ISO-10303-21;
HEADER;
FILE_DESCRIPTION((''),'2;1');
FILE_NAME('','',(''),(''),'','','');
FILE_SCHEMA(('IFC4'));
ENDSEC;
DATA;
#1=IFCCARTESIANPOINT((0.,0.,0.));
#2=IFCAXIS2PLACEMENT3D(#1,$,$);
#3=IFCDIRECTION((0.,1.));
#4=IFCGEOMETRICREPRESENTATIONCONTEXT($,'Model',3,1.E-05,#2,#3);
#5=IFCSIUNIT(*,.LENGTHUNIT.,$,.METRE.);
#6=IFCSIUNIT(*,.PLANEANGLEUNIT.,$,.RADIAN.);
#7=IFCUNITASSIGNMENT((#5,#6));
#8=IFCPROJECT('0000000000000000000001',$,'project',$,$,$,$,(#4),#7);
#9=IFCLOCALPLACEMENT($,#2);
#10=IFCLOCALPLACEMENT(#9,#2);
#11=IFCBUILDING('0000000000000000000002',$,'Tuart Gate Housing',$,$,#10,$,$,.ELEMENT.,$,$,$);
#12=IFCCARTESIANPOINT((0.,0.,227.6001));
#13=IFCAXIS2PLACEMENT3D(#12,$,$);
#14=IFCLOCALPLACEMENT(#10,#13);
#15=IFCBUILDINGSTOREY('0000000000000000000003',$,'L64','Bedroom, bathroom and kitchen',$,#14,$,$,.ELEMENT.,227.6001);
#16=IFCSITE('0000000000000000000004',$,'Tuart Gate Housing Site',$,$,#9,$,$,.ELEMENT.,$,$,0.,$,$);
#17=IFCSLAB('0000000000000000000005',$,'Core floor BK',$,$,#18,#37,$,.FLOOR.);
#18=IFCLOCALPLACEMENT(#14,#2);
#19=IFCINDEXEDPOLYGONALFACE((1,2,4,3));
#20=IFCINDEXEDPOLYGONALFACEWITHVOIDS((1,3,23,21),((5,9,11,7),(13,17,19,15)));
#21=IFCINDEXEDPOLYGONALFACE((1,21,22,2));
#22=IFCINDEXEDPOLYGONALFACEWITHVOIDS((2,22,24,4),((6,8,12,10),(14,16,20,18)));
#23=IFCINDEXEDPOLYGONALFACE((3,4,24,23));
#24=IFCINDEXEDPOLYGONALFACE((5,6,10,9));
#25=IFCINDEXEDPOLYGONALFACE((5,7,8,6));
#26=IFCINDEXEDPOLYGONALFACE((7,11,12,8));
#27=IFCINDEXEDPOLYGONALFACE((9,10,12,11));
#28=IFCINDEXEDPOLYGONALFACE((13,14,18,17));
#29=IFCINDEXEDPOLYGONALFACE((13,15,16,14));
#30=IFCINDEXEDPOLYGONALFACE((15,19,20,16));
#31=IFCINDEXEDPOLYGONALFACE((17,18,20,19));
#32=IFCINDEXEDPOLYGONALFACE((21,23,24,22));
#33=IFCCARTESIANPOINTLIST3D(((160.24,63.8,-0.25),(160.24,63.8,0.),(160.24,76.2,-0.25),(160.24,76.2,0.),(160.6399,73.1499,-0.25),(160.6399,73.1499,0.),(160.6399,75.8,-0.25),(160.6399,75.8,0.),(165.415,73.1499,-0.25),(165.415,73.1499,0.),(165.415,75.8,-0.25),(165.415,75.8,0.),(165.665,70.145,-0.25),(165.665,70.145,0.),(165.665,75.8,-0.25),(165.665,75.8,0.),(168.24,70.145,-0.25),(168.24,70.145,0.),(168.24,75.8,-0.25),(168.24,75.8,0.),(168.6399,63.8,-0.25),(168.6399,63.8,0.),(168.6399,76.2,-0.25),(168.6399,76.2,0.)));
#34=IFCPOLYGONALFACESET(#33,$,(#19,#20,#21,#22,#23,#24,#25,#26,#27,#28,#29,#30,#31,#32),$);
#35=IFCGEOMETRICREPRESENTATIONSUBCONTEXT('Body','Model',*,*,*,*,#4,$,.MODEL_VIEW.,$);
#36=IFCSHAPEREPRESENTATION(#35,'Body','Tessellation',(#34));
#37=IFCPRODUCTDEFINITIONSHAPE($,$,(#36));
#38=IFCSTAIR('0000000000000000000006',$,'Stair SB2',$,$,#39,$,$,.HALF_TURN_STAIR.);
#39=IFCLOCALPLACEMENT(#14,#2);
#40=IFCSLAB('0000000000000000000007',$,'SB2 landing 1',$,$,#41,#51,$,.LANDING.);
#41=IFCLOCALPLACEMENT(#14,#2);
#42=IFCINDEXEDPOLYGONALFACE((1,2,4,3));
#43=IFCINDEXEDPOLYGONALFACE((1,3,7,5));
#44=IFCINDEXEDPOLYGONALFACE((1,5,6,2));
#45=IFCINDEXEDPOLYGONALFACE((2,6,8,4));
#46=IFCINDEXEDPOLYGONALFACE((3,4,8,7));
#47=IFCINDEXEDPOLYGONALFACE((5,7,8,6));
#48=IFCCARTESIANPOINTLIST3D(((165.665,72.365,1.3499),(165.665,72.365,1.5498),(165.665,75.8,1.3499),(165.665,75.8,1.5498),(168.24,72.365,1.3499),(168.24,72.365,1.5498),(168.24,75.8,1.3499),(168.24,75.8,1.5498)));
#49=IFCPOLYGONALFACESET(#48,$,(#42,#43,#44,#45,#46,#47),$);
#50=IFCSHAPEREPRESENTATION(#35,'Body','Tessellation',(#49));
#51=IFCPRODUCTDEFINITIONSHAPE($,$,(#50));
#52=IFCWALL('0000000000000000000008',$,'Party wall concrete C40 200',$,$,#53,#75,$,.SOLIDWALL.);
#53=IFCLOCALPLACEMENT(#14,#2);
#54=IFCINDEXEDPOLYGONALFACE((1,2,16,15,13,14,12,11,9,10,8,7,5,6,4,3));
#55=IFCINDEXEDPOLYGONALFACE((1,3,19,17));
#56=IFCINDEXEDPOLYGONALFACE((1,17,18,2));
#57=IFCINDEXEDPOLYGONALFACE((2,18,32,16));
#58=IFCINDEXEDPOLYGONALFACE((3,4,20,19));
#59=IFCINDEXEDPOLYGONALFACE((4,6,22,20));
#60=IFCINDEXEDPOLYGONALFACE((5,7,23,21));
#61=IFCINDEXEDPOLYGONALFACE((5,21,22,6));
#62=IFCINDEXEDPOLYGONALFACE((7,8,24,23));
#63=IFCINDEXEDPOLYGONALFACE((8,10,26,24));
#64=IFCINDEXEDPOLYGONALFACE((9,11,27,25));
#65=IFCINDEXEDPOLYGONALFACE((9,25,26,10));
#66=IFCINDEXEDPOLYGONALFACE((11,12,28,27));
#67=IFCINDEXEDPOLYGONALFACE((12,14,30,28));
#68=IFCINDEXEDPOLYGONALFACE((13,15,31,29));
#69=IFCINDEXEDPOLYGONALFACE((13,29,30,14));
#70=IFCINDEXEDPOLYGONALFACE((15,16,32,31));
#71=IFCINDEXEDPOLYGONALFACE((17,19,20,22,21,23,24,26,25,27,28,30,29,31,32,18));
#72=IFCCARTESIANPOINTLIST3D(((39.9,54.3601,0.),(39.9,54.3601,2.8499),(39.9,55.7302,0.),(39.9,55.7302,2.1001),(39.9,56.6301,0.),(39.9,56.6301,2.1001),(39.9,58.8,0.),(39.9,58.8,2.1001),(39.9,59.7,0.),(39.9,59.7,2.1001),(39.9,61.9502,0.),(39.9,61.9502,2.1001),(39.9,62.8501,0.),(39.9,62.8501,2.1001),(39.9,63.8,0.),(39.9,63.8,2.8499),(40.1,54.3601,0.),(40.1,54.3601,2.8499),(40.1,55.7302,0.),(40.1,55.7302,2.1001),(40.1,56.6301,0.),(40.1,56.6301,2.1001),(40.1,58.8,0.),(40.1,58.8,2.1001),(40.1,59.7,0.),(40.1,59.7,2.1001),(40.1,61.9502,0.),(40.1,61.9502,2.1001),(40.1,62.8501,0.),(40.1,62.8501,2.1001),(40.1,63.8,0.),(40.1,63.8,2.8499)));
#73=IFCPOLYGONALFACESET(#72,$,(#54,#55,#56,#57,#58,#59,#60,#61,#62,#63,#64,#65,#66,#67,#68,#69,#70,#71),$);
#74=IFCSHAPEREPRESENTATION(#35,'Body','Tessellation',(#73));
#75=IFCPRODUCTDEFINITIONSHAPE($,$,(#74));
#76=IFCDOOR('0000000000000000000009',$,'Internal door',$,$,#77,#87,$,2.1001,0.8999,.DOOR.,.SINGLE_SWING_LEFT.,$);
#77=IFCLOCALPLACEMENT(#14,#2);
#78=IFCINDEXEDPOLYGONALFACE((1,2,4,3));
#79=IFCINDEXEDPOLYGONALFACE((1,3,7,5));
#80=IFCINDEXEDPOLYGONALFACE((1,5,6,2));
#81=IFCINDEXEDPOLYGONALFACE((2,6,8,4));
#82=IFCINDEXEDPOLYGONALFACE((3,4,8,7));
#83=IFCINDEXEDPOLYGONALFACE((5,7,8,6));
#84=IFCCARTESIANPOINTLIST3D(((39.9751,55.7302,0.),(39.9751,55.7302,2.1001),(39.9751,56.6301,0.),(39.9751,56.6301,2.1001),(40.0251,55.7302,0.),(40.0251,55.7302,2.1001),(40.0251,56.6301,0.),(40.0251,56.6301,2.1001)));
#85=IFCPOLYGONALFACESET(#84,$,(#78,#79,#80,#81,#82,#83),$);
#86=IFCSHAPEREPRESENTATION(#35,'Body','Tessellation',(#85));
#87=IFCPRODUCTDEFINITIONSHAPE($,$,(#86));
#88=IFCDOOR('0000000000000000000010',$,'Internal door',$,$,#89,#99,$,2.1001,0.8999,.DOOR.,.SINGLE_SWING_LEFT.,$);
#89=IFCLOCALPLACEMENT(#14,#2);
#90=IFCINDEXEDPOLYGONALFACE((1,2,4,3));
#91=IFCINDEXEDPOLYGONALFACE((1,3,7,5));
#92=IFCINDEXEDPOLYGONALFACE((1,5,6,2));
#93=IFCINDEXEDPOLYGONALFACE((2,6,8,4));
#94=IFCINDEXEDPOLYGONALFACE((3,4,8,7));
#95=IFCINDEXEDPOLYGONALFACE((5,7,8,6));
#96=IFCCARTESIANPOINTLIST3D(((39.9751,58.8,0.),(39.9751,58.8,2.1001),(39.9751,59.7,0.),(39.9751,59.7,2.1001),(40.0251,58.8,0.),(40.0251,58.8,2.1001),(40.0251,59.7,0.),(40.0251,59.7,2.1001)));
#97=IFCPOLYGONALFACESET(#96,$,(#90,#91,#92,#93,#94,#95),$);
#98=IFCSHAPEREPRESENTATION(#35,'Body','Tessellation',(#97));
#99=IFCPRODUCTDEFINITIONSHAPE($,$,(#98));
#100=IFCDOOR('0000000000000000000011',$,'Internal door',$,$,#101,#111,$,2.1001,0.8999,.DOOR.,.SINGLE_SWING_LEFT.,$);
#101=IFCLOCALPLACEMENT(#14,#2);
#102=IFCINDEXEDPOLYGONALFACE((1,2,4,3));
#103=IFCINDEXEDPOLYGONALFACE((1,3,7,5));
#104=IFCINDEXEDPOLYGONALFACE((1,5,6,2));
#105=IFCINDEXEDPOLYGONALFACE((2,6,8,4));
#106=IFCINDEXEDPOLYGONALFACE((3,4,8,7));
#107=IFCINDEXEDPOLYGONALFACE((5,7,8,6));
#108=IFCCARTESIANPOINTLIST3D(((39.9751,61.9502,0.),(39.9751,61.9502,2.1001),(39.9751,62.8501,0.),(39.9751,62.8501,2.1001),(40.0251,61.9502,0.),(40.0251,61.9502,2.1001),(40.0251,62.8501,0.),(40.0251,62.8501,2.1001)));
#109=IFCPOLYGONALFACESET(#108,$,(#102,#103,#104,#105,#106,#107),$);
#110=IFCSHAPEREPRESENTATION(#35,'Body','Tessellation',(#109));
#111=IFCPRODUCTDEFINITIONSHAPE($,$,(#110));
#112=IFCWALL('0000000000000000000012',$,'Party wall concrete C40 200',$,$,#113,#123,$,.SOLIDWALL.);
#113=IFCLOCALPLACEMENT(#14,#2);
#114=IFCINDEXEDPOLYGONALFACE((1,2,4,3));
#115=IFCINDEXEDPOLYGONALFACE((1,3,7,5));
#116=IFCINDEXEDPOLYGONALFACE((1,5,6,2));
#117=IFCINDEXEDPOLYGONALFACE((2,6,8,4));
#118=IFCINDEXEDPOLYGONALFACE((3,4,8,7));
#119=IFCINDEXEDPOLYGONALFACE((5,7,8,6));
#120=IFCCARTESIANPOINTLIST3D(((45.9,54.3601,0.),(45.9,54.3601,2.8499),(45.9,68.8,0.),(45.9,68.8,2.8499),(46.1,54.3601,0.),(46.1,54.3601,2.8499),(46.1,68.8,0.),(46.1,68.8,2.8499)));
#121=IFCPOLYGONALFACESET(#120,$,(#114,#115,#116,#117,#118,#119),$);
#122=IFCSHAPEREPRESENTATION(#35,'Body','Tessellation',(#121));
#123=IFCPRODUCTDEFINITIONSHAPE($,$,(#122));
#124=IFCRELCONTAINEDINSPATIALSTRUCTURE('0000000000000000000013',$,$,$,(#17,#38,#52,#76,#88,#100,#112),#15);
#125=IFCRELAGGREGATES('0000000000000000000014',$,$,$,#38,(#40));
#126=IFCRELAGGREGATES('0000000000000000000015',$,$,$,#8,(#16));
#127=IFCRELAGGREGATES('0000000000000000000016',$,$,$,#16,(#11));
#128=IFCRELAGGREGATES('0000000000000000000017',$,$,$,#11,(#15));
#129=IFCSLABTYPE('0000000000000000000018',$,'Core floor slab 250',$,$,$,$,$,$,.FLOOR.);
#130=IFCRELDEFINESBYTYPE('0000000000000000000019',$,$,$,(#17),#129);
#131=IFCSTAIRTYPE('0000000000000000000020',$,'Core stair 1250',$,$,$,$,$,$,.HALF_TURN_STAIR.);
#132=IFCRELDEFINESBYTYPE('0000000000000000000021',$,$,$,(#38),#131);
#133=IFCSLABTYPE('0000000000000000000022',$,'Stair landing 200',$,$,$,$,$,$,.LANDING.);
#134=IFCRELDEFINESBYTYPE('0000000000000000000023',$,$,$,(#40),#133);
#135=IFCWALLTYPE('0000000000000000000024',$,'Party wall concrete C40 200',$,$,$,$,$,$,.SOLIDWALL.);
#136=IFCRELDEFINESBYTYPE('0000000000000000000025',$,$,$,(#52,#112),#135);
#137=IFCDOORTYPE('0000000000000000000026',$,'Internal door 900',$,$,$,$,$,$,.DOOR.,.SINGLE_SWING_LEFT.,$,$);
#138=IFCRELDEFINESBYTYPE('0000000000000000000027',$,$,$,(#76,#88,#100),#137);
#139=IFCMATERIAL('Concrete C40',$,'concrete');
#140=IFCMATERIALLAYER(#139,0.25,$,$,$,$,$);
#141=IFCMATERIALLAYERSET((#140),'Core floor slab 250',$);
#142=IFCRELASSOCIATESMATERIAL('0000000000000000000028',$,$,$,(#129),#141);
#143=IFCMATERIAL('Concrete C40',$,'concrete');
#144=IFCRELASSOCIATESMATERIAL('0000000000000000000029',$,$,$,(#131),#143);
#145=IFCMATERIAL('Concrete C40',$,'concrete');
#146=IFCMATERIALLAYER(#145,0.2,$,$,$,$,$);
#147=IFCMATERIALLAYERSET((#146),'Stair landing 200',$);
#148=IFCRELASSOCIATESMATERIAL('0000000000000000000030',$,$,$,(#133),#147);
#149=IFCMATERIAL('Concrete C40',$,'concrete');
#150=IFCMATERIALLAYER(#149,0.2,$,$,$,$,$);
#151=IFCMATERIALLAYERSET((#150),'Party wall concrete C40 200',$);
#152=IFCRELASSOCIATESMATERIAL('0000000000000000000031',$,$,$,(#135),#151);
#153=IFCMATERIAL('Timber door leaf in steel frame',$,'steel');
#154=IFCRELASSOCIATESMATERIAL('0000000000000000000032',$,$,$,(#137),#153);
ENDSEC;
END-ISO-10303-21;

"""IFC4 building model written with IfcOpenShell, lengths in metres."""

from ifc_helpers import new_model, si_unit, direction, frame, frame_2d, origin, place, context, subcontext, project, spatial, polyline, rectangle, outline, extrude, material, layer, layer_set, type_object, element, fill, aggregate, save


model = new_model("IFC4")

# Units and contexts
model_context = context("Model", 3, precision=1e-05, world=origin(), true_north=direction((0.0, 1.0)))
body_context = subcontext(model_context, "Body", "Model", "MODEL_VIEW")
ifc_project = project(units=[si_unit("LENGTHUNIT", "METRE"), si_unit("PLANEANGLEUNIT", "RADIAN")], contexts=[model_context])

# Site, building, storey
site_placement = place(None, origin())
site = spatial("IfcSite", under=ifc_project, at=site_placement, Name="Tuart Gate Housing Site", CompositionType="ELEMENT", RefElevation=0.0)
building_placement = place(site_placement, origin())
building = spatial("IfcBuilding", under=site, at=building_placement, Name="Tuart Gate Housing", CompositionType="ELEMENT")
storey_placement = place(building_placement, frame((0.0, 0.0, 227.6001)))
storey = spatial("IfcBuildingStorey", under=building, at=storey_placement, Name="L64", Description="Bedroom, bathroom and kitchen", CompositionType="ELEMENT", Elevation=227.6001)

# Slab
ifc_material_1 = material(Name="Concrete C40", Category="concrete")
ifc_layer_1 = layer(ifc_material_1, 0.25)
ifc_layer_set_1 = layer_set([ifc_layer_1], Name="Core floor slab 250")
slab_type_1 = type_object("IfcSlabType", Name="Core floor slab 250", PredefinedType="FLOOR", material=ifc_layer_set_1)
slab_1_placement = place(storey_placement, frame((0.0, 0.0, -0.25)))
element("IfcSlab", 1, at=slab_1_placement, inside=storey, type_object=slab_type_1, Name="Core floor BK", PredefinedType="FLOOR", context=body_context, shape_type="SweptSolid", body=[
    extrude(outline(polyline([(160.24, 63.8), (168.6399, 63.8), (168.6399, 76.2), (160.24, 76.2), (160.24, 63.8)]), holes=[polyline([(160.6399, 73.1499), (165.415, 73.1499), (165.415, 75.8), (160.6399, 75.8), (160.6399, 73.1499)]), polyline([(165.665, 70.145), (168.24, 70.145), (168.24, 75.8), (165.665, 75.8), (165.665, 70.145)])]), origin(), (0.0, 0.0, 1.0), 0.25),
])

# Stair, slab
ifc_material_2 = material(Name="Concrete C40", Category="concrete")
stair_type = type_object("IfcStairType", Name="Core stair 1250", PredefinedType="HALF_TURN_STAIR", material=ifc_material_2)
stair_placement = place(storey_placement, origin())
stair = element("IfcStair", 2, at=stair_placement, inside=storey, type_object=stair_type, Name="Stair SB2", PredefinedType="HALF_TURN_STAIR")
ifc_material_3 = material(Name="Concrete C40", Category="concrete")
ifc_layer_2 = layer(ifc_material_3, 0.2)
ifc_layer_set_2 = layer_set([ifc_layer_2], Name="Stair landing 200")
slab_type_2 = type_object("IfcSlabType", Name="Stair landing 200", PredefinedType="LANDING", material=ifc_layer_set_2)
slab_2_placement = place(storey_placement, frame((0.0, 0.0, 1.3499)))
slab_2 = element("IfcSlab", 3, at=slab_2_placement, type_object=slab_type_2, Name="SB2 landing 1", PredefinedType="LANDING", context=body_context, shape_type="SweptSolid", body=[
    extrude(outline(polyline([(165.665, 72.365), (168.24, 72.365), (168.24, 75.8), (165.665, 75.8), (165.665, 72.365)])), origin(), (0.0, 0.0, 1.0), 0.2),
])
aggregate(stair, [slab_2])

# Wall, openings, doors
ifc_material_4 = material(Name="Concrete C40", Category="concrete")
ifc_layer_3 = layer(ifc_material_4, 0.2)
ifc_layer_set_3 = layer_set([ifc_layer_3], Name="Party wall concrete C40 200")
wall_type_1 = type_object("IfcWallType", Name="Party wall concrete C40 200", PredefinedType="SOLIDWALL", material=ifc_layer_set_3)
wall_1_placement = place(storey_placement, frame((40.0, 54.3601, 0.0), z_axis=(0.0, 0.0, 1.0), x_axis=(0.0, 1.0, 0.0)))
wall_1 = element("IfcWall", 4, at=wall_1_placement, inside=storey, type_object=wall_type_1, Name="Party wall concrete C40 200", PredefinedType="SOLIDWALL", context=body_context, shape_type="SweptSolid", body=[
    extrude(rectangle(XDim=9.4399, YDim=0.2, at=frame_2d((4.72, 0.0))), origin(), (0.0, 0.0, 1.0), 2.8499),
])
opening_1_placement = place(wall_1_placement, frame((1.3701, 0.0, 0.0)))
opening_1 = element("IfcOpeningElement", 5, at=opening_1_placement, cuts=wall_1, PredefinedType="OPENING", context=body_context, shape_type="SweptSolid", body=[
    extrude(rectangle(XDim=0.8999, YDim=2.1001, at=frame_2d((0.45, 1.05))), frame((0.0, 0.1099, 0.0), z_axis=(0.0, -1.0, 0.0), x_axis=(1.0, 0.0, 0.0)), (0.0, 0.0, 1.0), 0.22),
])
opening_2_placement = place(wall_1_placement, frame((4.4399, 0.0, 0.0)))
opening_2 = element("IfcOpeningElement", 6, at=opening_2_placement, cuts=wall_1, PredefinedType="OPENING", context=body_context, shape_type="SweptSolid", body=[
    extrude(rectangle(XDim=0.8999, YDim=2.1001, at=frame_2d((0.45, 1.05))), frame((0.0, 0.1099, 0.0), z_axis=(0.0, -1.0, 0.0), x_axis=(1.0, 0.0, 0.0)), (0.0, 0.0, 1.0), 0.22),
])
opening_3_placement = place(wall_1_placement, frame((7.5901, 0.0, 0.0)))
opening_3 = element("IfcOpeningElement", 7, at=opening_3_placement, cuts=wall_1, PredefinedType="OPENING", context=body_context, shape_type="SweptSolid", body=[
    extrude(rectangle(XDim=0.8999, YDim=2.1001, at=frame_2d((0.45, 1.05))), frame((0.0, 0.1099, 0.0), z_axis=(0.0, -1.0, 0.0), x_axis=(1.0, 0.0, 0.0)), (0.0, 0.0, 1.0), 0.22),
])
ifc_material_5 = material(Name="Timber door leaf in steel frame", Category="steel")
door_type = type_object("IfcDoorType", Name="Internal door 900", OperationType="SINGLE_SWING_LEFT", PredefinedType="DOOR", material=ifc_material_5)
door_1_placement = place(opening_1_placement, origin())
door_1 = element("IfcDoor", 8, at=door_1_placement, inside=storey, type_object=door_type, Name="Internal door", OperationType="SINGLE_SWING_LEFT", OverallHeight=2.1001, OverallWidth=0.8999, PredefinedType="DOOR", context=body_context, shape_type="SweptSolid", body=[
    extrude(rectangle(XDim=0.8999, YDim=2.1001, at=frame_2d((0.45, 1.05))), frame((0.0, 0.0249, 0.0), z_axis=(0.0, -1.0, 0.0), x_axis=(1.0, 0.0, 0.0)), (0.0, 0.0, 1.0), 0.05),
])
fill(opening_1, door_1)
door_2_placement = place(opening_2_placement, origin())
door_2 = element("IfcDoor", 9, at=door_2_placement, inside=storey, type_object=door_type, Name="Internal door", OperationType="SINGLE_SWING_LEFT", OverallHeight=2.1001, OverallWidth=0.8999, PredefinedType="DOOR", context=body_context, shape_type="SweptSolid", body=[
    extrude(rectangle(XDim=0.8999, YDim=2.1001, at=frame_2d((0.45, 1.05))), frame((0.0, 0.0249, 0.0), z_axis=(0.0, -1.0, 0.0), x_axis=(1.0, 0.0, 0.0)), (0.0, 0.0, 1.0), 0.05),
])
fill(opening_2, door_2)
door_3_placement = place(opening_3_placement, origin())
door_3 = element("IfcDoor", 10, at=door_3_placement, inside=storey, type_object=door_type, Name="Internal door", OperationType="SINGLE_SWING_LEFT", OverallHeight=2.1001, OverallWidth=0.8999, PredefinedType="DOOR", context=body_context, shape_type="SweptSolid", body=[
    extrude(rectangle(XDim=0.8999, YDim=2.1001, at=frame_2d((0.45, 1.05))), frame((0.0, 0.0249, 0.0), z_axis=(0.0, -1.0, 0.0), x_axis=(1.0, 0.0, 0.0)), (0.0, 0.0, 1.0), 0.05),
])
fill(opening_3, door_3)

# Wall
wall_2_placement = place(storey_placement, frame((46.0, 54.3601, 0.0), z_axis=(0.0, 0.0, 1.0), x_axis=(0.0, 1.0, 0.0)))
element("IfcWall", 11, at=wall_2_placement, inside=storey, type_object=wall_type_1, Name="Party wall concrete C40 200", PredefinedType="SOLIDWALL", context=body_context, shape_type="SweptSolid", body=[
    extrude(rectangle(XDim=14.4399, YDim=0.2, at=frame_2d((7.22, 0.0))), origin(), (0.0, 0.0, 1.0), 2.8499),
])

save(model, "model.ifc")
